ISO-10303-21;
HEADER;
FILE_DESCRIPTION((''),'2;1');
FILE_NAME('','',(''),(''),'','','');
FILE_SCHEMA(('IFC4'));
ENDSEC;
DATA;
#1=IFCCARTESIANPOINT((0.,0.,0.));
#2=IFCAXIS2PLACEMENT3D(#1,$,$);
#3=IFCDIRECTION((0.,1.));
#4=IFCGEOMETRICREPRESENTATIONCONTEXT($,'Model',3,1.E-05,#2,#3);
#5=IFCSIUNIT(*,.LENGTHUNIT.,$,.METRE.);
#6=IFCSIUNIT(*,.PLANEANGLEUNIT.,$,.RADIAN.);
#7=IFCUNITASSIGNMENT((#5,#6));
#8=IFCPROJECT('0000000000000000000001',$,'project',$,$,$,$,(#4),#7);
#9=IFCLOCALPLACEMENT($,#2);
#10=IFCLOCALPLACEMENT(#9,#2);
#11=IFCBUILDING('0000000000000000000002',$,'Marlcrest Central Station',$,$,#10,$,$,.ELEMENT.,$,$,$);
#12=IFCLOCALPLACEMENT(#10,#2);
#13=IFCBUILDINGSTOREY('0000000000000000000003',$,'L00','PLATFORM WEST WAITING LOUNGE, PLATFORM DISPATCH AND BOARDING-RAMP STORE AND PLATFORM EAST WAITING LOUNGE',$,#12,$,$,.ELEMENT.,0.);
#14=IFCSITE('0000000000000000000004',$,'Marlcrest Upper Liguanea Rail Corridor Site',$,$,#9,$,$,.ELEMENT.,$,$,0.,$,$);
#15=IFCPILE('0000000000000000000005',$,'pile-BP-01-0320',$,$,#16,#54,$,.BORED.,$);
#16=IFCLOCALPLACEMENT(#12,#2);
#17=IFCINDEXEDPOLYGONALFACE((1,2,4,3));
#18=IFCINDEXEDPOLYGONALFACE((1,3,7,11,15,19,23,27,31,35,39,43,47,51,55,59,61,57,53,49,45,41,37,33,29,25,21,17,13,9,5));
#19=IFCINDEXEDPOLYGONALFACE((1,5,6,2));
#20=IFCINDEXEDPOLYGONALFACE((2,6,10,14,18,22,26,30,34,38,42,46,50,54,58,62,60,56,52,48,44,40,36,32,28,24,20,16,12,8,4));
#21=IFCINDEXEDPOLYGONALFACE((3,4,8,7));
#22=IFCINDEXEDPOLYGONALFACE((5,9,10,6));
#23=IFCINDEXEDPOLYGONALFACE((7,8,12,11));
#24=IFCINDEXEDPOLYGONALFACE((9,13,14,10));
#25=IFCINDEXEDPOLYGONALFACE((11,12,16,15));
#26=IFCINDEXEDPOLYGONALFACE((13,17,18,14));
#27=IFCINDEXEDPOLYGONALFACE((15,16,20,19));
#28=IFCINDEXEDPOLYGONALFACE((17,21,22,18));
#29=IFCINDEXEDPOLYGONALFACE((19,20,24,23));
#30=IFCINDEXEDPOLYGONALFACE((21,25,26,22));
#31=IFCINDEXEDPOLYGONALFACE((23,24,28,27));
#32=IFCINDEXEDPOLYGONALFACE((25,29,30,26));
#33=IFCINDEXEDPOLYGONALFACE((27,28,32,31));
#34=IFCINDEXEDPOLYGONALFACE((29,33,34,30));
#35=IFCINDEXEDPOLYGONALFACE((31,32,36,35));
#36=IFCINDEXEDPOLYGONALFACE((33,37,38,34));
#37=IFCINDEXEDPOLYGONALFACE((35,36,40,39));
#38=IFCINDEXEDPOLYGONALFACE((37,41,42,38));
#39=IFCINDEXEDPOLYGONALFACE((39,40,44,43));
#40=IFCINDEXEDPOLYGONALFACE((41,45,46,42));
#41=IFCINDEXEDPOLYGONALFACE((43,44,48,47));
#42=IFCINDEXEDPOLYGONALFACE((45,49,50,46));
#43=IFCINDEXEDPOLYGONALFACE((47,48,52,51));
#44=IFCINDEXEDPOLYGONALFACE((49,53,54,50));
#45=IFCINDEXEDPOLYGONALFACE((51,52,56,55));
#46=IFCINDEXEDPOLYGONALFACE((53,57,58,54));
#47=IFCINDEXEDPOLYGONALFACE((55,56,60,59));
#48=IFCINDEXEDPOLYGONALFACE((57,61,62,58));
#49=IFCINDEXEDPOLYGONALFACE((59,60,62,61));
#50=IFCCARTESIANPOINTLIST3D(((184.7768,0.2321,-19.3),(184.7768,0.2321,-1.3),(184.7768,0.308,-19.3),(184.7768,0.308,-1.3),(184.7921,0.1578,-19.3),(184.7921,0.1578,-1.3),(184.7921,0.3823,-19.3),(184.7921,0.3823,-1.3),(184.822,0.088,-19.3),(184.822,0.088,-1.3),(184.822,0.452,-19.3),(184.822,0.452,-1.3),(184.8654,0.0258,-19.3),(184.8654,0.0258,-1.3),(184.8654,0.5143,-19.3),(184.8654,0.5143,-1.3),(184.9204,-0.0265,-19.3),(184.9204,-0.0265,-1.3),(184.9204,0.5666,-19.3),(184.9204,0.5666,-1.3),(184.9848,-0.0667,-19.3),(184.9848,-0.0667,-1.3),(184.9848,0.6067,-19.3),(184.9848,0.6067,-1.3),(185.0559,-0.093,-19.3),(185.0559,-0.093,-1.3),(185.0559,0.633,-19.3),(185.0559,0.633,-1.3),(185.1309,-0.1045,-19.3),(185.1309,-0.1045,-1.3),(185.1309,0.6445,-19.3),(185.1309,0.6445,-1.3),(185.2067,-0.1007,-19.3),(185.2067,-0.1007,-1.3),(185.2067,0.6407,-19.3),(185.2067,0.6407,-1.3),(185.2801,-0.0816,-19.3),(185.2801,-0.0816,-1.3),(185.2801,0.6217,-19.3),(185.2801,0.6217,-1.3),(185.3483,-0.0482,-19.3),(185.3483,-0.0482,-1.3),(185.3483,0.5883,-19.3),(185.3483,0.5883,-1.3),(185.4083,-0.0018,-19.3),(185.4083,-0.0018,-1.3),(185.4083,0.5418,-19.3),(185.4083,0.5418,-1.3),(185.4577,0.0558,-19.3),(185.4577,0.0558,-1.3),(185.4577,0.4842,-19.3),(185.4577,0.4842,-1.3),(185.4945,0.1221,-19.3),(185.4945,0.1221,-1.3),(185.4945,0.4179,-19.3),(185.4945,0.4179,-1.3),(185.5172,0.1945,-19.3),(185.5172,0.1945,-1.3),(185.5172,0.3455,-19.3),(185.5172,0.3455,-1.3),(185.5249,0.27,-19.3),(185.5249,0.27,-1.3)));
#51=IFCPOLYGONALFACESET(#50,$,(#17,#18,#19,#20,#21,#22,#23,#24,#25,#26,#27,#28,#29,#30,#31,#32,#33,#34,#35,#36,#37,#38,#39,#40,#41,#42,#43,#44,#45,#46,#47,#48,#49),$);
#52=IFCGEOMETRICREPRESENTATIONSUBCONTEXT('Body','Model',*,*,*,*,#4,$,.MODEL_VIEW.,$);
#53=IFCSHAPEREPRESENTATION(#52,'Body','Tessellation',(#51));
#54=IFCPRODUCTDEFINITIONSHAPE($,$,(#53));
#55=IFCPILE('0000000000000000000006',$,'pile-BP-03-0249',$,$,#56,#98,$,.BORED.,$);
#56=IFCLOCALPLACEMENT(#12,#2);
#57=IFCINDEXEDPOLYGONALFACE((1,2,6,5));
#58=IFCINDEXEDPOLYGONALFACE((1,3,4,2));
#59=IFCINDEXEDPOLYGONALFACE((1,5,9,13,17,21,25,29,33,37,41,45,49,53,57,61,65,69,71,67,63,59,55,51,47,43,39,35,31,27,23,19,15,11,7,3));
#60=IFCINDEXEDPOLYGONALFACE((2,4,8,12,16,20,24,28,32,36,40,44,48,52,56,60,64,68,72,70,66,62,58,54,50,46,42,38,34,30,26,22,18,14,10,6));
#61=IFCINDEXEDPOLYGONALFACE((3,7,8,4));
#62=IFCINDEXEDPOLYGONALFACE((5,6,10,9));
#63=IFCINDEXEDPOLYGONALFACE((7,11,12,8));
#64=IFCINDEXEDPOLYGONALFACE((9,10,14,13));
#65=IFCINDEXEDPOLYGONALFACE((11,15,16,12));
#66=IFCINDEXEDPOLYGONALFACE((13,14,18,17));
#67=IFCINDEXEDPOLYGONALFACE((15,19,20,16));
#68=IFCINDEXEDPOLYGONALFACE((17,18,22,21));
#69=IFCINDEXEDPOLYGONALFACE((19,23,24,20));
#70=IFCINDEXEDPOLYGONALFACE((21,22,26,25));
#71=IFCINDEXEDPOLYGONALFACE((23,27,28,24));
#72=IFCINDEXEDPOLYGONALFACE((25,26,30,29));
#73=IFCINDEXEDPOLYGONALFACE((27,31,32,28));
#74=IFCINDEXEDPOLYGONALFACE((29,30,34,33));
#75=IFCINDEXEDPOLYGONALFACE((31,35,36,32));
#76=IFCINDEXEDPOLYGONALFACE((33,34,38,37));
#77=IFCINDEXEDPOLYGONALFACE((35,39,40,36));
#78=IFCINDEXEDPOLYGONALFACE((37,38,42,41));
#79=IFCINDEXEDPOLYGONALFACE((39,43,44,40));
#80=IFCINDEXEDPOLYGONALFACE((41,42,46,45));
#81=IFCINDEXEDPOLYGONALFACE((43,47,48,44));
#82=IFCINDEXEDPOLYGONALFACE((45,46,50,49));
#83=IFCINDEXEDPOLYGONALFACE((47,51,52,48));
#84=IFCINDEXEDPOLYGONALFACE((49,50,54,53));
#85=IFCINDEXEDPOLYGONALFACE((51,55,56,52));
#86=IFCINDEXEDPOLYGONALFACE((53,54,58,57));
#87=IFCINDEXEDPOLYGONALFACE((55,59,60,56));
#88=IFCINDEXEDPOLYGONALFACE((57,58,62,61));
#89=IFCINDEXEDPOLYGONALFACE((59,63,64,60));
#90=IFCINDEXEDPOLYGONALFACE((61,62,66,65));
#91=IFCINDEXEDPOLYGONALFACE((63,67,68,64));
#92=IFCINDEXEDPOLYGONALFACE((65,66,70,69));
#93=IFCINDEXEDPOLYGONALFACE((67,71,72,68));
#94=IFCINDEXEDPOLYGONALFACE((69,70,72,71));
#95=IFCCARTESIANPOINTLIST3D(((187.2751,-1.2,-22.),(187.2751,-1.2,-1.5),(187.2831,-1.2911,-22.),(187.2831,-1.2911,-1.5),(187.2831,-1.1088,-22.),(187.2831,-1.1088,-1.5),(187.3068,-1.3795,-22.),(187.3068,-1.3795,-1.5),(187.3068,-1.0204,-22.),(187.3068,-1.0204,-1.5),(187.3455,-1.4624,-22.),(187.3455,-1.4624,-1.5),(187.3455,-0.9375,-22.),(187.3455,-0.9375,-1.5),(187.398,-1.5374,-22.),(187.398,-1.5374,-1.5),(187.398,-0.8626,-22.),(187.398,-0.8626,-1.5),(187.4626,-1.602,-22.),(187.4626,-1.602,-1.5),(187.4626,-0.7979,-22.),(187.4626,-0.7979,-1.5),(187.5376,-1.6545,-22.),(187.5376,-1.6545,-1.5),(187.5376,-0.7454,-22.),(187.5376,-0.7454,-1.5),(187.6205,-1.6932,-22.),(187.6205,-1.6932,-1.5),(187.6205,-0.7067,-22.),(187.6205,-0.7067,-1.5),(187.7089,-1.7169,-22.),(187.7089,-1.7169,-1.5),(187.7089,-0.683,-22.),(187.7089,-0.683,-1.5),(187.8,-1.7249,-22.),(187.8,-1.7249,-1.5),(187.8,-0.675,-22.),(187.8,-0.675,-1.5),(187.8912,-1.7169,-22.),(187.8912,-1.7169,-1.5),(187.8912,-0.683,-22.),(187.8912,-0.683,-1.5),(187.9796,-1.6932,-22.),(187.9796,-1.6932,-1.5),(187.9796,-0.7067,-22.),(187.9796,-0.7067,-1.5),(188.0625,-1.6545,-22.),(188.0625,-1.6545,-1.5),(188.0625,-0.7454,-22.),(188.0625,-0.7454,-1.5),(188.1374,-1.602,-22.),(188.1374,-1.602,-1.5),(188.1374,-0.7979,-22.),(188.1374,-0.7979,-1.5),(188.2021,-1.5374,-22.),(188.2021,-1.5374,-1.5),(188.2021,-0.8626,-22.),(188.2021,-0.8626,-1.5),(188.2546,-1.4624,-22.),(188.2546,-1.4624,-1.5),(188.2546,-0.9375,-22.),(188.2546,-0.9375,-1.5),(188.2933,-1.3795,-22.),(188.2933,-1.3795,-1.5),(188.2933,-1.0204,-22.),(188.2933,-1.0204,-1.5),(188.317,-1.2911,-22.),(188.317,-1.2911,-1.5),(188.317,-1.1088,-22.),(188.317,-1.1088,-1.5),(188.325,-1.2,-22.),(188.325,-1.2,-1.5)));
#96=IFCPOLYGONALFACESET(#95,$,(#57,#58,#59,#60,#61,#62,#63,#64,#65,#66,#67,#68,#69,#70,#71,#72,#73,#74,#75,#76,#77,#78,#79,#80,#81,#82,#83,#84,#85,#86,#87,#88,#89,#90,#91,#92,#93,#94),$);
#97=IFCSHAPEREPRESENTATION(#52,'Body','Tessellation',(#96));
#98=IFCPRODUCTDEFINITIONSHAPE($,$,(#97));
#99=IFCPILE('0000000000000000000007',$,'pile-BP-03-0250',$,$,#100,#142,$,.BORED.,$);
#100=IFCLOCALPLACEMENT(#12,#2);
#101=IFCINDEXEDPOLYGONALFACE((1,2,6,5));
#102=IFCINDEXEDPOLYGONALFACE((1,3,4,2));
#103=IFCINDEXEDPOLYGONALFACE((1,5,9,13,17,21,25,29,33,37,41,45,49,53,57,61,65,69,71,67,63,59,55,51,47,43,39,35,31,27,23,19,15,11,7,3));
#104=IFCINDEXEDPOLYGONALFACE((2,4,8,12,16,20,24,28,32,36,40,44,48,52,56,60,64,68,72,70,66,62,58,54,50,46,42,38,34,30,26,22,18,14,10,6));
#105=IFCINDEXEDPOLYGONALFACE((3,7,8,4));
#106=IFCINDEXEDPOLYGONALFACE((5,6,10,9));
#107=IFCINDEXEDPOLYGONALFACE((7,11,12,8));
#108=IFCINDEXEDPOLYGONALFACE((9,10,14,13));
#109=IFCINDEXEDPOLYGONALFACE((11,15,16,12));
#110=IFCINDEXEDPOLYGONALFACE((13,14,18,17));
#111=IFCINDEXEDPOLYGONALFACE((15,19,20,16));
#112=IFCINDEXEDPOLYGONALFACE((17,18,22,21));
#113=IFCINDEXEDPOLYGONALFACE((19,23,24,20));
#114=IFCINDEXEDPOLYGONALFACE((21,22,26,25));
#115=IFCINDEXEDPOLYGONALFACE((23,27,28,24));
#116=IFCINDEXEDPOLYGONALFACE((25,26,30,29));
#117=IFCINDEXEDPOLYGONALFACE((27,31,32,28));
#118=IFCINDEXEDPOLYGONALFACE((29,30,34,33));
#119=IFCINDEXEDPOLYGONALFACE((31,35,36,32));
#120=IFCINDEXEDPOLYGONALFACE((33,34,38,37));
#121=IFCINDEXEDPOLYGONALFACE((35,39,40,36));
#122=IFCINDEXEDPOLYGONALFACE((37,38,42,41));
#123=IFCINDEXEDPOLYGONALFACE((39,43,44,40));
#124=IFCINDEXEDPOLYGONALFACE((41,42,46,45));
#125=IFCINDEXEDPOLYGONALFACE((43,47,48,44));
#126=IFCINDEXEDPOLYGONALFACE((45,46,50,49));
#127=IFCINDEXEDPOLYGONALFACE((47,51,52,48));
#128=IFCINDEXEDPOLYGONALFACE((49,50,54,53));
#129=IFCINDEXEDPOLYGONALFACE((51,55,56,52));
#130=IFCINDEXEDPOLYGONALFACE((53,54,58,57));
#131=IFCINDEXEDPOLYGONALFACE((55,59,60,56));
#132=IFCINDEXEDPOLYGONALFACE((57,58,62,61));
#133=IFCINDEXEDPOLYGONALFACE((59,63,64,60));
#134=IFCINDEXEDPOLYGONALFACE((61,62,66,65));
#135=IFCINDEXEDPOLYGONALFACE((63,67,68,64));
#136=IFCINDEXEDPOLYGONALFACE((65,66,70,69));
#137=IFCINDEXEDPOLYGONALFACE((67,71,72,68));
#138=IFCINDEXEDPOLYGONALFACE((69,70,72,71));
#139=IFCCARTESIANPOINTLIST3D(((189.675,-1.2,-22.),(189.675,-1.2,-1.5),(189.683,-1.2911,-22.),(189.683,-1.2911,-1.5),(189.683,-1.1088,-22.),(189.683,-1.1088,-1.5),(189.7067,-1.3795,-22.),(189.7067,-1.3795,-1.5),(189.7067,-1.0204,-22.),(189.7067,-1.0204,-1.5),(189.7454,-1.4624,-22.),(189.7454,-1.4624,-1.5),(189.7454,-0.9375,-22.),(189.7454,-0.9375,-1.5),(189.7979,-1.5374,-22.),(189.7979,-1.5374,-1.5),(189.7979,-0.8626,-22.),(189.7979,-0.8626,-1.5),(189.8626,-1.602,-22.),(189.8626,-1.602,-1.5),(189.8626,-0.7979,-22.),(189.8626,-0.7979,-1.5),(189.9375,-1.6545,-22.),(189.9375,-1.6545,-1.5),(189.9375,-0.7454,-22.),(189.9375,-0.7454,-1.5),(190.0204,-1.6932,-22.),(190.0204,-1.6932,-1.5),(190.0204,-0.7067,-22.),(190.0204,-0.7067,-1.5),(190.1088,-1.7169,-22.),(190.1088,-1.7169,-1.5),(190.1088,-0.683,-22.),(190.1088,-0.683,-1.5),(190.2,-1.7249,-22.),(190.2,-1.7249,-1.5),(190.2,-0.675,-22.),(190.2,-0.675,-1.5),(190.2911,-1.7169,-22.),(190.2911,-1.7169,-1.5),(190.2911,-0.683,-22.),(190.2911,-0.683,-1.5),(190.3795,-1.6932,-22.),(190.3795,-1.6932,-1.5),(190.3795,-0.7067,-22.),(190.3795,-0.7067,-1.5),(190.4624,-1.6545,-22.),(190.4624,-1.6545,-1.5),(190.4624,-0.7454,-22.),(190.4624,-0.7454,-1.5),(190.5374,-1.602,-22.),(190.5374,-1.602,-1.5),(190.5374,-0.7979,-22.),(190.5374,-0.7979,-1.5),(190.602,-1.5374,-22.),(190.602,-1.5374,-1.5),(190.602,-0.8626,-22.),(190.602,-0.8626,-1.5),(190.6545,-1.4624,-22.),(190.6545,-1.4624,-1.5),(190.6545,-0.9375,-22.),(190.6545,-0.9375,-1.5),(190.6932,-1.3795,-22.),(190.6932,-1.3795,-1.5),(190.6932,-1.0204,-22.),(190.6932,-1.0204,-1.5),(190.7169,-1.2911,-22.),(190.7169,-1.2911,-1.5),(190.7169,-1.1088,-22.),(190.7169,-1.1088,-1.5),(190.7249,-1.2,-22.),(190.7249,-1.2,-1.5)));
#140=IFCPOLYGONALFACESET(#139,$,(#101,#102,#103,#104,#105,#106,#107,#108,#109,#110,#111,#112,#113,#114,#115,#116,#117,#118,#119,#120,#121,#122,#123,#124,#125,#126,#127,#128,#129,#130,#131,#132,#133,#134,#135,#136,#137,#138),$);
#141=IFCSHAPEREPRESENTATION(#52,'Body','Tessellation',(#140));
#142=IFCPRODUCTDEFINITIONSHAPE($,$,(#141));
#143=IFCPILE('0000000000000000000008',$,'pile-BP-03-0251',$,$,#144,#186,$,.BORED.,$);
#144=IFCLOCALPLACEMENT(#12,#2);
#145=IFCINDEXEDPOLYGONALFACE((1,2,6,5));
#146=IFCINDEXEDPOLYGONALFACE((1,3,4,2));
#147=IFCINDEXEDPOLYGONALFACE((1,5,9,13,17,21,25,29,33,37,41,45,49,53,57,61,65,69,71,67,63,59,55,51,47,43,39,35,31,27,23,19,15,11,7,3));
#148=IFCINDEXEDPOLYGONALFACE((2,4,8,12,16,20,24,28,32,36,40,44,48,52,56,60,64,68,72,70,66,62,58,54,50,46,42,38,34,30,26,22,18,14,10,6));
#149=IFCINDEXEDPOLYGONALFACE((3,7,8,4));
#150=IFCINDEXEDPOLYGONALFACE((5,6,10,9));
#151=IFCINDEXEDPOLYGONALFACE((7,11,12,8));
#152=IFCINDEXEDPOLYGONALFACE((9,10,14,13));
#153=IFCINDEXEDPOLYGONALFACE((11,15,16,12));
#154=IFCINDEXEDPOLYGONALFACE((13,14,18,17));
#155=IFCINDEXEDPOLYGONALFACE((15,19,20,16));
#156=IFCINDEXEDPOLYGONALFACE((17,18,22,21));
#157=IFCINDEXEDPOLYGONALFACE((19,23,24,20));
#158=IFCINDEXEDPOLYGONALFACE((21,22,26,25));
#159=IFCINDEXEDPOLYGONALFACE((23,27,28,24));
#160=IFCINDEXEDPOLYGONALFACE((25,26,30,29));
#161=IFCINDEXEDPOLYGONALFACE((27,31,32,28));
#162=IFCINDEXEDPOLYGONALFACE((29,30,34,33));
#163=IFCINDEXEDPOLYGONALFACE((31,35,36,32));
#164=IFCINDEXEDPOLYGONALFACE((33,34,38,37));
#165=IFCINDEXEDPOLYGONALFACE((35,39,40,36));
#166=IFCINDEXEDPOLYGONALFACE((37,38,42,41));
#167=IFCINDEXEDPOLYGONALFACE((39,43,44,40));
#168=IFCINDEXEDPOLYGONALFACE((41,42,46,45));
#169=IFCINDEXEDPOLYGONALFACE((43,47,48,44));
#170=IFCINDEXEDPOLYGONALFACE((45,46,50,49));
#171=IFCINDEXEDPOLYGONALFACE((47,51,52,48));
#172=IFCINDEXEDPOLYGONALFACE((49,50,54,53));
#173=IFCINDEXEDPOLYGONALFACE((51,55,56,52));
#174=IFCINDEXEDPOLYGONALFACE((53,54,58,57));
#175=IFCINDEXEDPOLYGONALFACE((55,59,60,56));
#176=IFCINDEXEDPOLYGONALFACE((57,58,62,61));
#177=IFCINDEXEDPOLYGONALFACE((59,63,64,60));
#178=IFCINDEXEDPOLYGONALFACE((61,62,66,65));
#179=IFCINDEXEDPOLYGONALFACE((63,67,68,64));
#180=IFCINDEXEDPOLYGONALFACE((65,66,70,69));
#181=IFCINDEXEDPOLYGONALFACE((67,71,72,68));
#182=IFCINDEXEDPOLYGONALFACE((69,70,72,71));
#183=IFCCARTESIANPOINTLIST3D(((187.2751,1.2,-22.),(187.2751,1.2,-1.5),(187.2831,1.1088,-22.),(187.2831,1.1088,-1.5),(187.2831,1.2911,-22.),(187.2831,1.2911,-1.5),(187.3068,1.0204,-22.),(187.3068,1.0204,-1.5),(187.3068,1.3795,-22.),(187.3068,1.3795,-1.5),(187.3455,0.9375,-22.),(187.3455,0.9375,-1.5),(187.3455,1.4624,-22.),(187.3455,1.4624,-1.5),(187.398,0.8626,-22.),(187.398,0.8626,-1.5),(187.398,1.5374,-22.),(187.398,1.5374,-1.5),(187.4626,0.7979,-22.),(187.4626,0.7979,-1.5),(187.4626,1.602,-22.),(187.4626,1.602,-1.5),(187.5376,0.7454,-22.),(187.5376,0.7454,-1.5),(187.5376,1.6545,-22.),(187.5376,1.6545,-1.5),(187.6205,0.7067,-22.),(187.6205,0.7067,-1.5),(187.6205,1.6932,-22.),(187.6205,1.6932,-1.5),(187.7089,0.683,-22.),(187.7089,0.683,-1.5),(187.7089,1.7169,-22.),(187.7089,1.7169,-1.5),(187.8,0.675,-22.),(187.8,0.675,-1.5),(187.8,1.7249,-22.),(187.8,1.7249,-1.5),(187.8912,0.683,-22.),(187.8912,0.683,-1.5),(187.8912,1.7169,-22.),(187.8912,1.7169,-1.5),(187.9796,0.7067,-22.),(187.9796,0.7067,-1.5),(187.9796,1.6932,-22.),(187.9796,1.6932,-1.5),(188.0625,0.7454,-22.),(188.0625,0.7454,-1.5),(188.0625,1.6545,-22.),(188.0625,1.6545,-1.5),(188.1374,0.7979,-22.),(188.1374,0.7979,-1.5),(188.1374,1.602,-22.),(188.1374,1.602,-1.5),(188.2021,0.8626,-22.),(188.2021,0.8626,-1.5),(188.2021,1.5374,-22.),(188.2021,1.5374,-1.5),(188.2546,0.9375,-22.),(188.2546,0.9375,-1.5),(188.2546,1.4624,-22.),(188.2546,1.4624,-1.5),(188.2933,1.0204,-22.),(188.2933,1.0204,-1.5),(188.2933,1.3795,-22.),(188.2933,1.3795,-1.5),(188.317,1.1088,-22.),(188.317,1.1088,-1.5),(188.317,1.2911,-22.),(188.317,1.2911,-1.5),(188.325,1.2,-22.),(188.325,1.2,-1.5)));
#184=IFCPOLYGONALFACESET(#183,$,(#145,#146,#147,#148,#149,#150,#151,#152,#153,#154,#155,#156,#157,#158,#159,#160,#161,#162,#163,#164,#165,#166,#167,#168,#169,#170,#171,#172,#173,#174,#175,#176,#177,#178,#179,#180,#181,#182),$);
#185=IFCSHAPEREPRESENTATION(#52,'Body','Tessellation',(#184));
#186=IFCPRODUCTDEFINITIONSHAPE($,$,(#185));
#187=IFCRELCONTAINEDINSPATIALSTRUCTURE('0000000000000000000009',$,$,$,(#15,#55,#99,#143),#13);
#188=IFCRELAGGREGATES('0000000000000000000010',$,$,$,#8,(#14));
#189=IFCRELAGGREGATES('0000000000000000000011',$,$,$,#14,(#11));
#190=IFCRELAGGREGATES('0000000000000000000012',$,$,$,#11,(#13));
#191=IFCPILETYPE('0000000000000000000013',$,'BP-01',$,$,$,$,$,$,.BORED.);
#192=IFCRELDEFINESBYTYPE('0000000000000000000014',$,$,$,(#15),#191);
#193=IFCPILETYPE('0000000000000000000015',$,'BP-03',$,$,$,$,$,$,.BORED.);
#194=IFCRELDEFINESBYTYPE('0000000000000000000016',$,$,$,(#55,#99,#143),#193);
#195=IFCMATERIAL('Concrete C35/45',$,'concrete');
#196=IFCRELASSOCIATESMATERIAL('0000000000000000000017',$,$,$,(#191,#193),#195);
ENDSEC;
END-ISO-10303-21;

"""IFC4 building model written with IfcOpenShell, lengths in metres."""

from ifc_helpers import new_model, si_unit, direction, frame, origin, origin_2d, place, context, subcontext, project, spatial, circle, extrude, material, material_profile, profile_set, type_object, element, save


model = new_model("IFC4")

# Units and contexts
model_context = context("Model", 3, precision=1e-05, world=origin(), true_north=direction((0.0, 1.0)))
body_context = subcontext(model_context, "Body", "Model", "MODEL_VIEW")
ifc_project = project(units=[si_unit("LENGTHUNIT", "METRE"), si_unit("PLANEANGLEUNIT", "RADIAN")], contexts=[model_context])

# Site, building, storey
site_placement = place(None, origin())
site = spatial("IfcSite", under=ifc_project, at=site_placement, Name="Marlcrest Upper Liguanea Rail Corridor Site", CompositionType="ELEMENT", RefElevation=0.0)
building_placement = place(site_placement, origin())
building = spatial("IfcBuilding", under=site, at=building_placement, Name="Marlcrest Central Station", CompositionType="ELEMENT")
storey_placement = place(building_placement, origin())
storey = spatial("IfcBuildingStorey", under=building, at=storey_placement, Name="L00", Description="PLATFORM WEST WAITING LOUNGE, PLATFORM DISPATCH AND BOARDING-RAMP STORE AND PLATFORM EAST WAITING LOUNGE", CompositionType="ELEMENT", Elevation=0.0)

# Piles
ifc_material_1 = material(Name="Concrete C35/45", Category="concrete")
ifc_material_profile_1 = material_profile(ifc_material_1, circle(Radius=0.375, at=origin_2d()), Name="PILE D750")
ifc_profile_set_1 = profile_set([ifc_material_profile_1], Name="Concrete C35/45")
pile_type_1 = type_object("IfcPileType", Name="BP-01", PredefinedType="BORED", material=ifc_profile_set_1)
pile_placement = place(storey_placement, frame((185.1499, 0.27, -1.3), z_axis=(0.0, 0.0, -1.0), x_axis=(1.0, 0.0, 0.0)))
element("IfcPile", 1, at=pile_placement, inside=storey, type_object=pile_type_1, Name="pile-BP-01-0320", PredefinedType="BORED", context=body_context, shape_type="SweptSolid", body=[
    extrude(circle(Radius=0.375, at=origin_2d()), origin(), (0.0, 0.0, 1.0), 18.0),
])
ifc_material_profile_2 = material_profile(ifc_material_1, circle(Radius=0.5249, at=origin_2d()), Name="PILE D1050")
ifc_profile_set_2 = profile_set([ifc_material_profile_2], Name="Concrete C35/45")
pile_type_2 = type_object("IfcPileType", Name="BP-03", PredefinedType="BORED", material=ifc_profile_set_2)
for number, where, z_axis, x_axis, name in (
    (2, (187.8, -1.2, -1.5), (0.0, 0.0, -1.0), (1.0, 0.0, 0.0), "pile-BP-03-0249"),
    (3, (190.2, -1.2, -1.5), (0.0, 0.0, -1.0), (1.0, 0.0, 0.0), "pile-BP-03-0250"),
    (4, (187.8, 1.2, -1.5), (0.0, 0.0, -1.0), (1.0, 0.0, 0.0), "pile-BP-03-0251"),
):
    element("IfcPile", number, at=place(storey_placement, frame(where, z_axis=z_axis, x_axis=x_axis)), inside=storey, type_object=pile_type_2, Name=name, PredefinedType="BORED", context=body_context, shape_type="SweptSolid", body=[
        extrude(circle(Radius=0.5249, at=origin_2d()), origin(), (0.0, 0.0, 1.0), 20.5),
    ])

save(model, "model.ifc")
